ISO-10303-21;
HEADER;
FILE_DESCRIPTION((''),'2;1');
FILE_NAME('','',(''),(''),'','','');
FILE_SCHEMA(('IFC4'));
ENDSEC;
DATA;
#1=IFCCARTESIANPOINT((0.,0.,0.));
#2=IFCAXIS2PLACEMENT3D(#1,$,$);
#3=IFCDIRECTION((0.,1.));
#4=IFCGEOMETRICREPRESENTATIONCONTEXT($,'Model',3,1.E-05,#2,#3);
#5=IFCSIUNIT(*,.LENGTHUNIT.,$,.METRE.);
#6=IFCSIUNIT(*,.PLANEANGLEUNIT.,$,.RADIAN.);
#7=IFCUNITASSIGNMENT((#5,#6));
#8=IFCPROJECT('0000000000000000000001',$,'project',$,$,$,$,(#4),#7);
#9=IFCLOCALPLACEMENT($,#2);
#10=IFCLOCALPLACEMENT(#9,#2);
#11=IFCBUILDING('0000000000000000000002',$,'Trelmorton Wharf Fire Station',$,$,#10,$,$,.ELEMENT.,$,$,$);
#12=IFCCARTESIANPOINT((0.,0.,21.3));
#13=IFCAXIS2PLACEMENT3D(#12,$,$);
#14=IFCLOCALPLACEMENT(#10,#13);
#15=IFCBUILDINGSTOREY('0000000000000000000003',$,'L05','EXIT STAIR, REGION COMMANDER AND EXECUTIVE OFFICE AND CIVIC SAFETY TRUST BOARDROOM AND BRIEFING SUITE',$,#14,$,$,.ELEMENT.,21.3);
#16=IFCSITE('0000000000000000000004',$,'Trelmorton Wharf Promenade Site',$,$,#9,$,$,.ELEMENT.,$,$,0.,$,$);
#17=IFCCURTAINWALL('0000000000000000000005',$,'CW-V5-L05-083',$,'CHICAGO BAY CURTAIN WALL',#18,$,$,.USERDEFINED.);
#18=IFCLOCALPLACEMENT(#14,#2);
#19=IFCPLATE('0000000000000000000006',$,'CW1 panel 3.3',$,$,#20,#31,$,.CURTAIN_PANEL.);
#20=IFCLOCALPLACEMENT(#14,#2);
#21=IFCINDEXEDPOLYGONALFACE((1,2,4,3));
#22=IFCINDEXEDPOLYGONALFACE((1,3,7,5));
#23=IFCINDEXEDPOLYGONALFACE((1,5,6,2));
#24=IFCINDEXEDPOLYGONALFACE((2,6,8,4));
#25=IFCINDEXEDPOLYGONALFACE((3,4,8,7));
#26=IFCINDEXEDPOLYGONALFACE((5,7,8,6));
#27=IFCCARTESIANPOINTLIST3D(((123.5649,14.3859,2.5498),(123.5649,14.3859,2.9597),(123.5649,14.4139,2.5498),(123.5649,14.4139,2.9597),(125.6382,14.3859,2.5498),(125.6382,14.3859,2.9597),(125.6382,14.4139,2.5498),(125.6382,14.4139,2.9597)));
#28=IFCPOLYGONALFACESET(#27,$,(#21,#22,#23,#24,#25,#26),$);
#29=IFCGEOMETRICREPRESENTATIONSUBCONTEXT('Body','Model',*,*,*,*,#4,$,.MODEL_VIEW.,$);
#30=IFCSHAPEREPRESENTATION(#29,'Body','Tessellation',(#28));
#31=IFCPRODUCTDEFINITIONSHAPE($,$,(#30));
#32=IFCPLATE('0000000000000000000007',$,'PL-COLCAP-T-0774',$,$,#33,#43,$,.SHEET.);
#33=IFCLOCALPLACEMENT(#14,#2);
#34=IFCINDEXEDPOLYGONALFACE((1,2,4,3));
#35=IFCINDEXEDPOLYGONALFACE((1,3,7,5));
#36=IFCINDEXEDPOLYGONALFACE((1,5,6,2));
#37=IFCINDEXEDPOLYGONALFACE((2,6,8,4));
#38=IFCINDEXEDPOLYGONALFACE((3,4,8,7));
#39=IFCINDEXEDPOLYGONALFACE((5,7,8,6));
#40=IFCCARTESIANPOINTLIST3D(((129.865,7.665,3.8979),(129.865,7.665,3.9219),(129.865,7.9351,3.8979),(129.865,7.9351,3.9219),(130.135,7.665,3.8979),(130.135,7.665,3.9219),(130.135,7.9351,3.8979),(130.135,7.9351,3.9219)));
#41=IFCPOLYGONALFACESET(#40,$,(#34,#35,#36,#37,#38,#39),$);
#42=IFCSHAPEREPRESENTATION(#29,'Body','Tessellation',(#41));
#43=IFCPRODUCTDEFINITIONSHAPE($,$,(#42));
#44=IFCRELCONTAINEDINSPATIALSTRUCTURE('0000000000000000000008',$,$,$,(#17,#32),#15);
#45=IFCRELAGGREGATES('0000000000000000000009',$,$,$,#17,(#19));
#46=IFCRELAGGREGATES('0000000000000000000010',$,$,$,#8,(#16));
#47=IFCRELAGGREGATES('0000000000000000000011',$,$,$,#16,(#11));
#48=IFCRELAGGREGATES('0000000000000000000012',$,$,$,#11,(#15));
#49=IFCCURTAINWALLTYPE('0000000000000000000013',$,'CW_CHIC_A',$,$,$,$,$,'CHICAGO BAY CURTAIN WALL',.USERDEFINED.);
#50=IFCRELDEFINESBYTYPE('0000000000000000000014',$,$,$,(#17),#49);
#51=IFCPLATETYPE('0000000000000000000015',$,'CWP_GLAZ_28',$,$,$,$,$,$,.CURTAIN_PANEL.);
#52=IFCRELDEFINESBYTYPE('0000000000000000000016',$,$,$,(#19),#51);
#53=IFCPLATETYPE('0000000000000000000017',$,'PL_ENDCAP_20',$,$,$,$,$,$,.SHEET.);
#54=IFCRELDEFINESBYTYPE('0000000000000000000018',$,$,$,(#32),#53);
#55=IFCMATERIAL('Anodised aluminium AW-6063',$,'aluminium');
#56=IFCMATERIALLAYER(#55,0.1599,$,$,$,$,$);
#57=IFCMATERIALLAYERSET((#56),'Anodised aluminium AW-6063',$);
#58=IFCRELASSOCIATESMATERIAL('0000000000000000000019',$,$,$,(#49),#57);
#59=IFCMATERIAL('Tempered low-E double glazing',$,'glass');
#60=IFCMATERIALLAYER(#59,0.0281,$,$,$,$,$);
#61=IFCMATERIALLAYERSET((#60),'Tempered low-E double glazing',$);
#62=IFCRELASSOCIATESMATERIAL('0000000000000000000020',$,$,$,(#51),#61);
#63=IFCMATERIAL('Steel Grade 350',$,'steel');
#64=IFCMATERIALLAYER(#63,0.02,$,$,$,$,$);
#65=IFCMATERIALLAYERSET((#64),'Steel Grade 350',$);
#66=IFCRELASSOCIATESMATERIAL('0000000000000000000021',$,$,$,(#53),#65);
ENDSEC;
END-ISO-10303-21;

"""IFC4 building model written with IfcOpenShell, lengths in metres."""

from ifc_helpers import new_model, si_unit, direction, frame, origin, origin_2d, place, context, subcontext, project, spatial, rectangle, extrude, material, layer, layer_set, type_object, element, aggregate, save


model = new_model("IFC4")

# Units and contexts
model_context = context("Model", 3, precision=1e-05, world=origin(), true_north=direction((0.0, 1.0)))
body_context = subcontext(model_context, "Body", "Model", "MODEL_VIEW")
ifc_project = project(units=[si_unit("LENGTHUNIT", "METRE"), si_unit("PLANEANGLEUNIT", "RADIAN")], contexts=[model_context])

# Site, building, storey
site_placement = place(None, origin())
site = spatial("IfcSite", under=ifc_project, at=site_placement, Name="Trelmorton Wharf Promenade Site", CompositionType="ELEMENT", RefElevation=0.0)
building_placement = place(site_placement, origin())
building = spatial("IfcBuilding", under=site, at=building_placement, Name="Trelmorton Wharf Fire Station", CompositionType="ELEMENT")
storey_placement = place(building_placement, frame((0.0, 0.0, 21.3)))
storey = spatial("IfcBuildingStorey", under=building, at=storey_placement, Name="L05", Description="EXIT STAIR, REGION COMMANDER AND EXECUTIVE OFFICE AND CIVIC SAFETY TRUST BOARDROOM AND BRIEFING SUITE", CompositionType="ELEMENT", Elevation=21.3)

# Shared definitions
ifc_material_1 = material(Name="Steel Grade 350", Category="steel")

# Curtain wall, plate
ifc_material_2 = material(Name="Anodised aluminium AW-6063", Category="aluminium")
ifc_layer_1 = layer(ifc_material_2, 0.1599)
ifc_layer_set_1 = layer_set([ifc_layer_1], Name="Anodised aluminium AW-6063")
curtain_wall_type = type_object("IfcCurtainWallType", Name="CW_CHIC_A", ElementType="CHICAGO BAY CURTAIN WALL", PredefinedType="USERDEFINED", material=ifc_layer_set_1)
curtain_wall_placement = place(storey_placement, origin())
curtain_wall = element("IfcCurtainWall", 1, at=curtain_wall_placement, inside=storey, type_object=curtain_wall_type, Name="CW-V5-L05-083", ObjectType="CHICAGO BAY CURTAIN WALL", PredefinedType="USERDEFINED")
ifc_material_3 = material(Name="Tempered low-E double glazing", Category="glass")
ifc_layer_2 = layer(ifc_material_3, 0.0281)
ifc_layer_set_2 = layer_set([ifc_layer_2], Name="Tempered low-E double glazing")
plate_type_1 = type_object("IfcPlateType", Name="CWP_GLAZ_28", PredefinedType="CURTAIN_PANEL", material=ifc_layer_set_2)
plate_1_placement = place(storey_placement, frame((124.6016, 14.3999, 2.5498), z_axis=(0.0, 0.0, 1.0), x_axis=(-1.0, 0.0, 0.0)))
plate_1 = element("IfcPlate", 2, at=plate_1_placement, type_object=plate_type_1, Name="CW1 panel 3.3", PredefinedType="CURTAIN_PANEL", context=body_context, shape_type="SweptSolid", body=[
    extrude(rectangle(XDim=2.0732, YDim=0.0281, at=origin_2d()), origin(), (0.0, 0.0, 1.0), 0.4099),
])
aggregate(curtain_wall, [plate_1])

# Plate
ifc_layer_3 = layer(ifc_material_1, 0.02)
ifc_layer_set_3 = layer_set([ifc_layer_3], Name="Steel Grade 350")
plate_type_2 = type_object("IfcPlateType", Name="PL_ENDCAP_20", PredefinedType="SHEET", material=ifc_layer_set_3)
plate_2_placement = place(storey_placement, frame((130.0, 7.8, 3.8979), z_axis=(0.0, 0.0, 1.0), x_axis=(1.0, 0.0, 0.0)))
element("IfcPlate", 3, at=plate_2_placement, inside=storey, type_object=plate_type_2, Name="PL-COLCAP-T-0774", PredefinedType="SHEET", context=body_context, shape_type="SweptSolid", body=[
    extrude(rectangle(XDim=0.27, YDim=0.27, at=origin_2d()), origin(), (0.0, 0.0, 1.0), 0.0239),
])

save(model, "model.ifc")
